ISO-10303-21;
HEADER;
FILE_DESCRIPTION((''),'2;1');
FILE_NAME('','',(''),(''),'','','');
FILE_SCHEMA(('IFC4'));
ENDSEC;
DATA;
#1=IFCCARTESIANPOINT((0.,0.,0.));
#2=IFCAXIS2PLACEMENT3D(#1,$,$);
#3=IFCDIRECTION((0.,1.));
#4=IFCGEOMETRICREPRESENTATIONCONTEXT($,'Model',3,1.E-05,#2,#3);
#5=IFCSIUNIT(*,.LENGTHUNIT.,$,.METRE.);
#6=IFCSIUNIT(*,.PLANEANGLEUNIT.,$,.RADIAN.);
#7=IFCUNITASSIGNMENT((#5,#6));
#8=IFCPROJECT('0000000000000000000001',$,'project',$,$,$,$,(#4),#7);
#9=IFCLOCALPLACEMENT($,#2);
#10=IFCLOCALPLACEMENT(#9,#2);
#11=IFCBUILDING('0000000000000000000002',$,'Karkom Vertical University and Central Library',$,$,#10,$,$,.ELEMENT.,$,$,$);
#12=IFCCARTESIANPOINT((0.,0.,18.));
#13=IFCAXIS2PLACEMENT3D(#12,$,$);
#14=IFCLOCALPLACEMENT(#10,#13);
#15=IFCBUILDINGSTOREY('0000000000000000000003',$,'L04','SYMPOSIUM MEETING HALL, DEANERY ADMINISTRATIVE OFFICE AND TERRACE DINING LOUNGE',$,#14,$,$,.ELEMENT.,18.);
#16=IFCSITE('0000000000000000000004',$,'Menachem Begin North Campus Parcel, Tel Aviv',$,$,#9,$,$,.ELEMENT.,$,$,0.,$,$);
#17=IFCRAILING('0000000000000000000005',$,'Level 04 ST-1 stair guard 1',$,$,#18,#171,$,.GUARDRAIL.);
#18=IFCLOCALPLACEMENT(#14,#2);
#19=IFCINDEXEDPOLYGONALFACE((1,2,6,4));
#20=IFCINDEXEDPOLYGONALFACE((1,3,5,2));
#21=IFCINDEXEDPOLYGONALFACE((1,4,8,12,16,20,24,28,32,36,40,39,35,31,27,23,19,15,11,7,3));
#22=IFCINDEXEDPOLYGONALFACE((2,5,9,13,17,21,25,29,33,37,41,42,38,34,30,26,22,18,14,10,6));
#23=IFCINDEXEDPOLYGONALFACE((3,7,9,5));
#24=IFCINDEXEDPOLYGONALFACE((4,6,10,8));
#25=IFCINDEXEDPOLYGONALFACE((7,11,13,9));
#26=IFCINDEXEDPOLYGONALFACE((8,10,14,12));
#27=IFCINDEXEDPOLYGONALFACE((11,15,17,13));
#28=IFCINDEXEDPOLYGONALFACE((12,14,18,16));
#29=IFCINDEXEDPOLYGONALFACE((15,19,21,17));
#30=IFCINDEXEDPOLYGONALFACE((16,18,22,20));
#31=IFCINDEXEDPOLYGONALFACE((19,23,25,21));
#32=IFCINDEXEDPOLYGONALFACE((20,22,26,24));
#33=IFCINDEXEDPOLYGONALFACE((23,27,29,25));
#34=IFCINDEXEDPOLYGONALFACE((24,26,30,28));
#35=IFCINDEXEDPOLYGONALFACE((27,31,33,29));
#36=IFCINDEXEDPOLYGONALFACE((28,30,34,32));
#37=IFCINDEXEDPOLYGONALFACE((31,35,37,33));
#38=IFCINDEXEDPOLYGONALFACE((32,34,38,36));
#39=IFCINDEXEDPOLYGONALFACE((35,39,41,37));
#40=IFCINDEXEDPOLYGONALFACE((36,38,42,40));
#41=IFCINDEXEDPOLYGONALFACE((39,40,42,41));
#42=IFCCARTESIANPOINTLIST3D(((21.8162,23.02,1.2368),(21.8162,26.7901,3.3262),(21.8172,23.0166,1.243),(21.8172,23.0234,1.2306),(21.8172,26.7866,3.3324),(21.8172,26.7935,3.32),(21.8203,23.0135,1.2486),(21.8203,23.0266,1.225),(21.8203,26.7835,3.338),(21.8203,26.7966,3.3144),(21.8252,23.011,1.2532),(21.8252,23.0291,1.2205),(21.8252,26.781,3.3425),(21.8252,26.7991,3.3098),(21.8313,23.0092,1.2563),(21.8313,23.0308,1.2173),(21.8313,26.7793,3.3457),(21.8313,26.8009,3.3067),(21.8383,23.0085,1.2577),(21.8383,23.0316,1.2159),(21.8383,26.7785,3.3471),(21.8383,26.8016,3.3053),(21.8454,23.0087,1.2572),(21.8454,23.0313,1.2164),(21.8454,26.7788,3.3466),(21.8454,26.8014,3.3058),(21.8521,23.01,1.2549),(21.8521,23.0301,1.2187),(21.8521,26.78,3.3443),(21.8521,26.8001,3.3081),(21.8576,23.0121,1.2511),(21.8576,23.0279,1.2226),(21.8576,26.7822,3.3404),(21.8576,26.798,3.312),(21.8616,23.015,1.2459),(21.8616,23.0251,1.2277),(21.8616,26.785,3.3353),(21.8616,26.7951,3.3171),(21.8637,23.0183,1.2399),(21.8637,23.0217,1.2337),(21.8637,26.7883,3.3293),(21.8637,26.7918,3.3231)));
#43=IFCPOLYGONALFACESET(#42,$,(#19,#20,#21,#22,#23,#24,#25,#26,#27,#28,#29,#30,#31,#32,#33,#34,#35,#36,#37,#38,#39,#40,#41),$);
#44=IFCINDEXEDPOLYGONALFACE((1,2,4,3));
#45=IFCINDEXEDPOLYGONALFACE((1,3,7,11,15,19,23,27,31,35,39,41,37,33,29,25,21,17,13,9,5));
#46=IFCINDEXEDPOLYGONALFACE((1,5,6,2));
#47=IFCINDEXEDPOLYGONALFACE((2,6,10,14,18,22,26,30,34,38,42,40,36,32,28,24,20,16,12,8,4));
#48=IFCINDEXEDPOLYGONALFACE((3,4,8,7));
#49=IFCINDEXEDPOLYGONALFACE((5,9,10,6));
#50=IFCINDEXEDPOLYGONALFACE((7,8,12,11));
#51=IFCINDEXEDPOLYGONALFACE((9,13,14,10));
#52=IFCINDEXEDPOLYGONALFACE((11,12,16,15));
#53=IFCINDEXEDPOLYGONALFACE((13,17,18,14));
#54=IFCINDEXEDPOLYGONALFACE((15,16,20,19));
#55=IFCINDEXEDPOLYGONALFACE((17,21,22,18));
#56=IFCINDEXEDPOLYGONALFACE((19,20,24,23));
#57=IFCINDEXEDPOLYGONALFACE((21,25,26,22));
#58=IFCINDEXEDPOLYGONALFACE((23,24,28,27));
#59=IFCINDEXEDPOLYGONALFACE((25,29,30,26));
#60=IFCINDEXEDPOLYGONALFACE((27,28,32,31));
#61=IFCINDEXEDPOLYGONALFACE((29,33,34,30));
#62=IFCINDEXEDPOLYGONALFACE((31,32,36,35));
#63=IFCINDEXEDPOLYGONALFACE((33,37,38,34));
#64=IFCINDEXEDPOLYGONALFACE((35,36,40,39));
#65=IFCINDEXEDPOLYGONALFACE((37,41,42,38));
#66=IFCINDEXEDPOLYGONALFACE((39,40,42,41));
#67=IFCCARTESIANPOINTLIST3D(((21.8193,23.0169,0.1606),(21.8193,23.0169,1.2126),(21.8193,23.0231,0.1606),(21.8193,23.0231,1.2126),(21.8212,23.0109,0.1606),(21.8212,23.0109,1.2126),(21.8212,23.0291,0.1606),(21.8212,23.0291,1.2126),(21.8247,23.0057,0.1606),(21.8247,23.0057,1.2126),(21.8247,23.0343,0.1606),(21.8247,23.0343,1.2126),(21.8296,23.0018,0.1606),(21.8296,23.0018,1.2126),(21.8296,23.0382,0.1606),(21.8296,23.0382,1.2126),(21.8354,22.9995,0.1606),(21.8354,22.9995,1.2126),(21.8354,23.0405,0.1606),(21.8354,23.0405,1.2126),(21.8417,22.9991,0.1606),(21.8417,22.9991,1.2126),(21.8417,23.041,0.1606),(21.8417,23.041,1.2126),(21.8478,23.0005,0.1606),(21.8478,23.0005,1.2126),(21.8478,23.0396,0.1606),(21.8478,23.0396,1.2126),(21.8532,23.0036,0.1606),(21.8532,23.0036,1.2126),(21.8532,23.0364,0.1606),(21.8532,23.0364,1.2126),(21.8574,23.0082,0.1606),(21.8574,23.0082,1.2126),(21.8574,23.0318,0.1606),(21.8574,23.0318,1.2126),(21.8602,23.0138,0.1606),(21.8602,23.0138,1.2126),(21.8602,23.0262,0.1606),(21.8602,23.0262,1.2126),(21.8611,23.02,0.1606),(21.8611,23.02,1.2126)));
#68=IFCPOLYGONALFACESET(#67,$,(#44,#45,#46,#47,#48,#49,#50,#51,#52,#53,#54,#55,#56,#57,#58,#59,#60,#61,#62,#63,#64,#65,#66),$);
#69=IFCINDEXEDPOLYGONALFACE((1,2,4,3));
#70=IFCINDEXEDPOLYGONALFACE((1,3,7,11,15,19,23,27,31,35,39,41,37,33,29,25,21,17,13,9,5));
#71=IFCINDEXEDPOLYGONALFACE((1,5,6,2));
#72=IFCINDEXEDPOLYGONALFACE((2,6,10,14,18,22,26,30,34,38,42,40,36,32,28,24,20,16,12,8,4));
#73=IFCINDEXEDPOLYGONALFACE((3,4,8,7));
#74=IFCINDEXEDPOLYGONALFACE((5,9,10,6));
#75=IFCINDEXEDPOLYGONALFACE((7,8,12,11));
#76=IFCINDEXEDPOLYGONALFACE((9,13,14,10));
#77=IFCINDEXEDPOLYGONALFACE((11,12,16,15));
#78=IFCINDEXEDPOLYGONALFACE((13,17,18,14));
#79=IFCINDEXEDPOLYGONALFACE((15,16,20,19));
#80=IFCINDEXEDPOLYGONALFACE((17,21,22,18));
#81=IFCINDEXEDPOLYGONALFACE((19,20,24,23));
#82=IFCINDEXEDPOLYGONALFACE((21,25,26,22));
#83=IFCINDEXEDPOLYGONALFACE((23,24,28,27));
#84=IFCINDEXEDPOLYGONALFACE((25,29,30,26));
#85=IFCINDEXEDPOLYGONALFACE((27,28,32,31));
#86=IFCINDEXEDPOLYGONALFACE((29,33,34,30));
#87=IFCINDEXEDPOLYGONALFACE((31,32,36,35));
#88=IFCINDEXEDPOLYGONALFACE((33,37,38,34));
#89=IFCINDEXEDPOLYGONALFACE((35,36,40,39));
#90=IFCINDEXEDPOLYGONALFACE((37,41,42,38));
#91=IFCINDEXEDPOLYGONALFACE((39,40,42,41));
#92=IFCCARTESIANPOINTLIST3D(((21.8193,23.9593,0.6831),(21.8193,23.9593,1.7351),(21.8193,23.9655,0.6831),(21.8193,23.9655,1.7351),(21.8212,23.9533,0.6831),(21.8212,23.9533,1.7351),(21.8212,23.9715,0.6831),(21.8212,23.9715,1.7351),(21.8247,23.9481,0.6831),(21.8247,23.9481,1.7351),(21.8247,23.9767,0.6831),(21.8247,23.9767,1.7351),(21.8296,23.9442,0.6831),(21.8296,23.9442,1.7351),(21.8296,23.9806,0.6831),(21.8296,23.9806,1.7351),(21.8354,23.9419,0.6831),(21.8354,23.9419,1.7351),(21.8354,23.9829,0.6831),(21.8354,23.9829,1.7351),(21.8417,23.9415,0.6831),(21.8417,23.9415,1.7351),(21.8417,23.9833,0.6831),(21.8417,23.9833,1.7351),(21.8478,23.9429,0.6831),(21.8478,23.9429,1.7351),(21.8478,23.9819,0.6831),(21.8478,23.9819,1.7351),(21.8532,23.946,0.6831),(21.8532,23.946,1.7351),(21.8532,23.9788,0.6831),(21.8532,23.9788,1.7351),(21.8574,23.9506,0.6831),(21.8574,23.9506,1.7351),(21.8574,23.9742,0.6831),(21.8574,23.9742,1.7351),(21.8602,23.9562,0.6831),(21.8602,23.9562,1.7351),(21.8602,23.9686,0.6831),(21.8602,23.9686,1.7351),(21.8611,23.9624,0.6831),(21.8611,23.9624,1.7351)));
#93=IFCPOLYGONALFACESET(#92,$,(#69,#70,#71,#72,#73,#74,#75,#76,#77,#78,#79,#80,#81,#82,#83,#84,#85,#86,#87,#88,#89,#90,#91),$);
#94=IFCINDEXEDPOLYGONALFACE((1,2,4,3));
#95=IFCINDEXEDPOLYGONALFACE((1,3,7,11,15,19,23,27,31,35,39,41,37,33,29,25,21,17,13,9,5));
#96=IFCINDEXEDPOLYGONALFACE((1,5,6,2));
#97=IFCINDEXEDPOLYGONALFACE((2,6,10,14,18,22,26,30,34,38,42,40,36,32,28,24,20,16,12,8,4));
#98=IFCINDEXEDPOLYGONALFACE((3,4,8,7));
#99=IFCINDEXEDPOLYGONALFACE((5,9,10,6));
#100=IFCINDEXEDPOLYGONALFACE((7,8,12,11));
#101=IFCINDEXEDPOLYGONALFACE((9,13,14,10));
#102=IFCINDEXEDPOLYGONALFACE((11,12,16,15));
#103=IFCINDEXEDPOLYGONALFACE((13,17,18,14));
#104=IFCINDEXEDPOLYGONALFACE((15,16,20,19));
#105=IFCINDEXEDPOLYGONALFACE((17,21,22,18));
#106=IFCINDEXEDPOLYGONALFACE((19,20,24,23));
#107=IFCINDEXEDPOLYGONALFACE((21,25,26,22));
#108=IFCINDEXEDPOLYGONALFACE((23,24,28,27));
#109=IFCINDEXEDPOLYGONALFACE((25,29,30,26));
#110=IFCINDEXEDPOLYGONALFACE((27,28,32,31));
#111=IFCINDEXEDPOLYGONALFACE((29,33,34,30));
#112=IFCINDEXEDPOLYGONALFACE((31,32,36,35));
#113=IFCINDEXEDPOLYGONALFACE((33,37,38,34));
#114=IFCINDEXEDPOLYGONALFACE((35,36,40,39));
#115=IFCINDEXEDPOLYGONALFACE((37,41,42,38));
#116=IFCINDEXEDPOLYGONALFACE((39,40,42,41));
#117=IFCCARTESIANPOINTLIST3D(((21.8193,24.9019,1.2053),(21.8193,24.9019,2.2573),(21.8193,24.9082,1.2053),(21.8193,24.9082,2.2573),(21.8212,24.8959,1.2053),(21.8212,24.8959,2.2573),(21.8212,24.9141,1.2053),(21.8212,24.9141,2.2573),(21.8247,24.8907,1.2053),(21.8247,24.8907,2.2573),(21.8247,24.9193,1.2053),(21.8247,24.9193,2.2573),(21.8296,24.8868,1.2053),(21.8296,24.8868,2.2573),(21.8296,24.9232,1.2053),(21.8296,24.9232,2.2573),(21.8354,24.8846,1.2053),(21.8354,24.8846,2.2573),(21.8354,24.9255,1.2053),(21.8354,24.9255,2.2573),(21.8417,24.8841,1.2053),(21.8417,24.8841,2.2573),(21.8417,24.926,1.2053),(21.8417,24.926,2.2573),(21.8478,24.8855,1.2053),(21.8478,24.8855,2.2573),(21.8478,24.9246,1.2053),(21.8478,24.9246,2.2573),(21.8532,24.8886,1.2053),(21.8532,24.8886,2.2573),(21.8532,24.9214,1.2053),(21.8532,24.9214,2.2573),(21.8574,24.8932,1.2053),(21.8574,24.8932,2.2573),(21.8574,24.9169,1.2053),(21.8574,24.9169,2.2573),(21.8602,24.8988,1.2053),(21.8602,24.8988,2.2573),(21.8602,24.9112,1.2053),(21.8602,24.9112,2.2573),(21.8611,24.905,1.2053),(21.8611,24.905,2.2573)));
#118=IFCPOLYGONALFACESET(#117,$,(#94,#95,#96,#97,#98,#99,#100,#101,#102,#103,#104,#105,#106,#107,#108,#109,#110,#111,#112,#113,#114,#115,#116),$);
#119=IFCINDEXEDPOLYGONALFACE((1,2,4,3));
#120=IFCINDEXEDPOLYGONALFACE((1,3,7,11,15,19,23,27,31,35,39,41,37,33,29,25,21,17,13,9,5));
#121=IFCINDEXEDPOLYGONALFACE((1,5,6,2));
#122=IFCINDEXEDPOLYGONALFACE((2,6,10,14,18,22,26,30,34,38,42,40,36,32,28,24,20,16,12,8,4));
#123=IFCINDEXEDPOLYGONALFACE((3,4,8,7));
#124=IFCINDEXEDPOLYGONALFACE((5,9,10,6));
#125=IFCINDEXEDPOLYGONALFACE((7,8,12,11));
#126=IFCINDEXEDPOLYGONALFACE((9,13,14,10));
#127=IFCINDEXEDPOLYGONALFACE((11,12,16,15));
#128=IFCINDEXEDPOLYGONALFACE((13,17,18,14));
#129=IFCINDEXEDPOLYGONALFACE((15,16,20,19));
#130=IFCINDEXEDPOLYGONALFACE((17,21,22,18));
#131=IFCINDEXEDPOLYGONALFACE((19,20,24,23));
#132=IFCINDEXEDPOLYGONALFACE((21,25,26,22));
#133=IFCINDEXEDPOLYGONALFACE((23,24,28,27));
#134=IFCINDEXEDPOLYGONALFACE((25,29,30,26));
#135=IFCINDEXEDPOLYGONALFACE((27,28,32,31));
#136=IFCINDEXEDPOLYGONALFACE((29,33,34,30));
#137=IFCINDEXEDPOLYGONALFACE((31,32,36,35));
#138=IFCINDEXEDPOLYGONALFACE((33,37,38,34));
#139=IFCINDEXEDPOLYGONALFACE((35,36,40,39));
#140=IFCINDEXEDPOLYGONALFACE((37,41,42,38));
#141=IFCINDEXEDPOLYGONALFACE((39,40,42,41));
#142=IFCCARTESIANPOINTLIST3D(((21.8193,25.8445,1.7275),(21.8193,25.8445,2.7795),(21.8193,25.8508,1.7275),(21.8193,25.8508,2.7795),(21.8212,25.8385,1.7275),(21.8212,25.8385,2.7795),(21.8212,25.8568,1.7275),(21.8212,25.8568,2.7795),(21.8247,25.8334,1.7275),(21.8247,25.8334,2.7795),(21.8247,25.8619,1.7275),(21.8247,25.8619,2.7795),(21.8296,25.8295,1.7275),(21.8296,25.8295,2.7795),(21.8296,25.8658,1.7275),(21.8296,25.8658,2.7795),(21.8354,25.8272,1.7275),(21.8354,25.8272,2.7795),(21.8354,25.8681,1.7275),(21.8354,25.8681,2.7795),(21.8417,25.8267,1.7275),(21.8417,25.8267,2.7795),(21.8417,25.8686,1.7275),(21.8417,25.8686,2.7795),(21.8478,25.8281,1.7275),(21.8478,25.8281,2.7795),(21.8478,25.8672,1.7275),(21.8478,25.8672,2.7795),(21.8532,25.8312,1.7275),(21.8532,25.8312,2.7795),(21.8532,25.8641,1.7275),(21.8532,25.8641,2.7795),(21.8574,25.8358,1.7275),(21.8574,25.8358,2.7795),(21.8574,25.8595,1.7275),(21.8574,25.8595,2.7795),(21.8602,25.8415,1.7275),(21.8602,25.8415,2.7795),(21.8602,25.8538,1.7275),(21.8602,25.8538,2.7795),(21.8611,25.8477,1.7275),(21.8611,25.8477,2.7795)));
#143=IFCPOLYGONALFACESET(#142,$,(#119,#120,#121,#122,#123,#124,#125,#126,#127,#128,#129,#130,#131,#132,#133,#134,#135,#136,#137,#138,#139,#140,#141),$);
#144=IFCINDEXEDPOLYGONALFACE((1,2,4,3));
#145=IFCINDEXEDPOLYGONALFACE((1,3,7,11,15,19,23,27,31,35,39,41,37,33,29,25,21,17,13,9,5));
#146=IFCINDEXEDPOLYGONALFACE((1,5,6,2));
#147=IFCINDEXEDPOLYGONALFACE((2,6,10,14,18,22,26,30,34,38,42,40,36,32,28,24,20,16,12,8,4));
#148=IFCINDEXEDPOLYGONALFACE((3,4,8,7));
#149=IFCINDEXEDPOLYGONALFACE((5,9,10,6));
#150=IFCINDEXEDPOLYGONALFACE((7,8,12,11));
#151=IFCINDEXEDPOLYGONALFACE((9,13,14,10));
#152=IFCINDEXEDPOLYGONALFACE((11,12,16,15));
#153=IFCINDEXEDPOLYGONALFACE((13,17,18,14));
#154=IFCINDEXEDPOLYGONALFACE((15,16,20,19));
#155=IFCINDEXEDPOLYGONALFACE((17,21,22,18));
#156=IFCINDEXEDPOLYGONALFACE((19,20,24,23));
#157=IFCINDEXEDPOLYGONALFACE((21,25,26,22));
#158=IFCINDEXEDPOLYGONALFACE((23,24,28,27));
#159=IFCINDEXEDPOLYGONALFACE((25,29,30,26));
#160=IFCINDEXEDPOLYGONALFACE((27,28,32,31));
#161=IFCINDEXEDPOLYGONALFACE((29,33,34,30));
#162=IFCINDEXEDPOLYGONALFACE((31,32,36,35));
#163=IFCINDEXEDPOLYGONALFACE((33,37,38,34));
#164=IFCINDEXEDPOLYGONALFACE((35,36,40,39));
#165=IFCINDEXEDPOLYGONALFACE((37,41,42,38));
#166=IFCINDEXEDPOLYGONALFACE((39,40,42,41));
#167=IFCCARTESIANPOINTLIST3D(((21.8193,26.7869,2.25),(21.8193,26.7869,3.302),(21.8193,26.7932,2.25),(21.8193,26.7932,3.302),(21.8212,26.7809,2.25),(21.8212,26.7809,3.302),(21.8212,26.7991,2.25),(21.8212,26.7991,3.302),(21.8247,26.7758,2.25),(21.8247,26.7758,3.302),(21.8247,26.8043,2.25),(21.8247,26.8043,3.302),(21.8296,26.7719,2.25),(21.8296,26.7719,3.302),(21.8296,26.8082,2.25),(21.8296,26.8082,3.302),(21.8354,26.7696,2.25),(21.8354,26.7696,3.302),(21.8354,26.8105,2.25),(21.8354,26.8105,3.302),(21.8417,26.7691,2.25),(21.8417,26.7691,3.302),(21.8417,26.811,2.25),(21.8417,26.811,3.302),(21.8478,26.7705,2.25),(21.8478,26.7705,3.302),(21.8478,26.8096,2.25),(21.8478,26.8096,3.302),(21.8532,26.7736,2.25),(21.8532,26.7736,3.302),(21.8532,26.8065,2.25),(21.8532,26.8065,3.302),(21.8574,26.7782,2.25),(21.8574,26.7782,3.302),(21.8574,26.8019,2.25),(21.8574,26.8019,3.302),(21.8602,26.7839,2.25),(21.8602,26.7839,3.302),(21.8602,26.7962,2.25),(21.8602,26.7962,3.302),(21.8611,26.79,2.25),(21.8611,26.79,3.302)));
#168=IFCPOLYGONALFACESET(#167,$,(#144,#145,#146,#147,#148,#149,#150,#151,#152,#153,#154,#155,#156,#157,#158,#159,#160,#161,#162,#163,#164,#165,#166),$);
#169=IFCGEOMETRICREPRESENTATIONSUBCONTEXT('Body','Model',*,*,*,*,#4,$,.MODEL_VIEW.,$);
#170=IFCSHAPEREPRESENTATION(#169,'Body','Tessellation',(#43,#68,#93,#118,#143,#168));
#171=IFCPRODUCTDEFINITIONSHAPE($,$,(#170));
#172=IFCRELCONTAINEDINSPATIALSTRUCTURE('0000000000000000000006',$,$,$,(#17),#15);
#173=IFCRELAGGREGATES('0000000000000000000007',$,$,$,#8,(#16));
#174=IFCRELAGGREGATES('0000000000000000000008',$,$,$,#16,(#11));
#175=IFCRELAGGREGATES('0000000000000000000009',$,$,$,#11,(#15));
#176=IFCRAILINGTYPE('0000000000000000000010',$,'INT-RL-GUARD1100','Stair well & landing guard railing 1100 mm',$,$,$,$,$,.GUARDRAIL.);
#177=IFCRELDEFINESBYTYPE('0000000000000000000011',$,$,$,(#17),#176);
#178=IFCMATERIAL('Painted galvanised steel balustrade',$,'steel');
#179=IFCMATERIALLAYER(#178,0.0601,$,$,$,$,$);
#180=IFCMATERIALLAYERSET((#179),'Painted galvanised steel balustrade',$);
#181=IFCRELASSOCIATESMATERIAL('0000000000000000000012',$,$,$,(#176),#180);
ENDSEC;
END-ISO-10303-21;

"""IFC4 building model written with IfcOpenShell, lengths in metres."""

from ifc_helpers import new_model, si_unit, direction, frame, origin, origin_2d, place, context, subcontext, project, spatial, circle, extrude, material, layer, layer_set, type_object, element, save


model = new_model("IFC4")

# Units and contexts
model_context = context("Model", 3, precision=1e-05, world=origin(), true_north=direction((0.0, 1.0)))
body_context = subcontext(model_context, "Body", "Model", "MODEL_VIEW")
ifc_project = project(units=[si_unit("LENGTHUNIT", "METRE"), si_unit("PLANEANGLEUNIT", "RADIAN")], contexts=[model_context])

# Site, building, storey
site_placement = place(None, origin())
site = spatial("IfcSite", under=ifc_project, at=site_placement, Name="Menachem Begin North Campus Parcel, Tel Aviv", CompositionType="ELEMENT", RefElevation=0.0)
building_placement = place(site_placement, origin())
building = spatial("IfcBuilding", under=site, at=building_placement, Name="Karkom Vertical University and Central Library", CompositionType="ELEMENT")
storey_placement = place(building_placement, frame((0.0, 0.0, 18.0)))
storey = spatial("IfcBuildingStorey", under=building, at=storey_placement, Name="L04", Description="SYMPOSIUM MEETING HALL, DEANERY ADMINISTRATIVE OFFICE AND TERRACE DINING LOUNGE", CompositionType="ELEMENT", Elevation=18.0)

# Railing
ifc_material_1 = material(Name="Painted galvanised steel balustrade", Category="steel")
ifc_layer_1 = layer(ifc_material_1, 0.0601)
ifc_layer_set_1 = layer_set([ifc_layer_1], Name="Painted galvanised steel balustrade")
railing_type_1 = type_object("IfcRailingType", Name="INT-RL-GUARD1100", Description="Stair well & landing guard railing 1100 mm", PredefinedType="GUARDRAIL", material=ifc_layer_set_1)
railing_1_placement = place(storey_placement, frame((21.8401, 23.02, 0.1606)))
element("IfcRailing", 1, at=railing_1_placement, inside=storey, type_object=railing_type_1, Name="Level 04 ST-1 stair guard 1", PredefinedType="GUARDRAIL", context=body_context, shape_type="SweptSolid", body=[
    extrude(circle(Radius=0.0239, at=origin_2d()), frame((0.0, 0.0, 1.0762), z_axis=(0.0, 0.874659, 0.484739), x_axis=(-1.0, 0.0, 0.0)), (0.0, 0.0, 1.0), 4.3103),
    extrude(circle(Radius=0.021, at=origin_2d()), origin(), (0.0, 0.0, 1.0), 1.052),
    extrude(circle(Radius=0.021, at=origin_2d()), frame((0.0, 0.9424, 0.5225)), (0.0, 0.0, 1.0), 1.052),
    extrude(circle(Radius=0.021, at=origin_2d()), frame((0.0, 1.885, 1.0447)), (0.0, 0.0, 1.0), 1.052),
    extrude(circle(Radius=0.021, at=origin_2d()), frame((0.0, 2.8276, 1.5669)), (0.0, 0.0, 1.0), 1.052),
    extrude(circle(Radius=0.021, at=origin_2d()), frame((0.0, 3.77, 2.0894)), (0.0, 0.0, 1.0), 1.052),
])

save(model, "model.ifc")
